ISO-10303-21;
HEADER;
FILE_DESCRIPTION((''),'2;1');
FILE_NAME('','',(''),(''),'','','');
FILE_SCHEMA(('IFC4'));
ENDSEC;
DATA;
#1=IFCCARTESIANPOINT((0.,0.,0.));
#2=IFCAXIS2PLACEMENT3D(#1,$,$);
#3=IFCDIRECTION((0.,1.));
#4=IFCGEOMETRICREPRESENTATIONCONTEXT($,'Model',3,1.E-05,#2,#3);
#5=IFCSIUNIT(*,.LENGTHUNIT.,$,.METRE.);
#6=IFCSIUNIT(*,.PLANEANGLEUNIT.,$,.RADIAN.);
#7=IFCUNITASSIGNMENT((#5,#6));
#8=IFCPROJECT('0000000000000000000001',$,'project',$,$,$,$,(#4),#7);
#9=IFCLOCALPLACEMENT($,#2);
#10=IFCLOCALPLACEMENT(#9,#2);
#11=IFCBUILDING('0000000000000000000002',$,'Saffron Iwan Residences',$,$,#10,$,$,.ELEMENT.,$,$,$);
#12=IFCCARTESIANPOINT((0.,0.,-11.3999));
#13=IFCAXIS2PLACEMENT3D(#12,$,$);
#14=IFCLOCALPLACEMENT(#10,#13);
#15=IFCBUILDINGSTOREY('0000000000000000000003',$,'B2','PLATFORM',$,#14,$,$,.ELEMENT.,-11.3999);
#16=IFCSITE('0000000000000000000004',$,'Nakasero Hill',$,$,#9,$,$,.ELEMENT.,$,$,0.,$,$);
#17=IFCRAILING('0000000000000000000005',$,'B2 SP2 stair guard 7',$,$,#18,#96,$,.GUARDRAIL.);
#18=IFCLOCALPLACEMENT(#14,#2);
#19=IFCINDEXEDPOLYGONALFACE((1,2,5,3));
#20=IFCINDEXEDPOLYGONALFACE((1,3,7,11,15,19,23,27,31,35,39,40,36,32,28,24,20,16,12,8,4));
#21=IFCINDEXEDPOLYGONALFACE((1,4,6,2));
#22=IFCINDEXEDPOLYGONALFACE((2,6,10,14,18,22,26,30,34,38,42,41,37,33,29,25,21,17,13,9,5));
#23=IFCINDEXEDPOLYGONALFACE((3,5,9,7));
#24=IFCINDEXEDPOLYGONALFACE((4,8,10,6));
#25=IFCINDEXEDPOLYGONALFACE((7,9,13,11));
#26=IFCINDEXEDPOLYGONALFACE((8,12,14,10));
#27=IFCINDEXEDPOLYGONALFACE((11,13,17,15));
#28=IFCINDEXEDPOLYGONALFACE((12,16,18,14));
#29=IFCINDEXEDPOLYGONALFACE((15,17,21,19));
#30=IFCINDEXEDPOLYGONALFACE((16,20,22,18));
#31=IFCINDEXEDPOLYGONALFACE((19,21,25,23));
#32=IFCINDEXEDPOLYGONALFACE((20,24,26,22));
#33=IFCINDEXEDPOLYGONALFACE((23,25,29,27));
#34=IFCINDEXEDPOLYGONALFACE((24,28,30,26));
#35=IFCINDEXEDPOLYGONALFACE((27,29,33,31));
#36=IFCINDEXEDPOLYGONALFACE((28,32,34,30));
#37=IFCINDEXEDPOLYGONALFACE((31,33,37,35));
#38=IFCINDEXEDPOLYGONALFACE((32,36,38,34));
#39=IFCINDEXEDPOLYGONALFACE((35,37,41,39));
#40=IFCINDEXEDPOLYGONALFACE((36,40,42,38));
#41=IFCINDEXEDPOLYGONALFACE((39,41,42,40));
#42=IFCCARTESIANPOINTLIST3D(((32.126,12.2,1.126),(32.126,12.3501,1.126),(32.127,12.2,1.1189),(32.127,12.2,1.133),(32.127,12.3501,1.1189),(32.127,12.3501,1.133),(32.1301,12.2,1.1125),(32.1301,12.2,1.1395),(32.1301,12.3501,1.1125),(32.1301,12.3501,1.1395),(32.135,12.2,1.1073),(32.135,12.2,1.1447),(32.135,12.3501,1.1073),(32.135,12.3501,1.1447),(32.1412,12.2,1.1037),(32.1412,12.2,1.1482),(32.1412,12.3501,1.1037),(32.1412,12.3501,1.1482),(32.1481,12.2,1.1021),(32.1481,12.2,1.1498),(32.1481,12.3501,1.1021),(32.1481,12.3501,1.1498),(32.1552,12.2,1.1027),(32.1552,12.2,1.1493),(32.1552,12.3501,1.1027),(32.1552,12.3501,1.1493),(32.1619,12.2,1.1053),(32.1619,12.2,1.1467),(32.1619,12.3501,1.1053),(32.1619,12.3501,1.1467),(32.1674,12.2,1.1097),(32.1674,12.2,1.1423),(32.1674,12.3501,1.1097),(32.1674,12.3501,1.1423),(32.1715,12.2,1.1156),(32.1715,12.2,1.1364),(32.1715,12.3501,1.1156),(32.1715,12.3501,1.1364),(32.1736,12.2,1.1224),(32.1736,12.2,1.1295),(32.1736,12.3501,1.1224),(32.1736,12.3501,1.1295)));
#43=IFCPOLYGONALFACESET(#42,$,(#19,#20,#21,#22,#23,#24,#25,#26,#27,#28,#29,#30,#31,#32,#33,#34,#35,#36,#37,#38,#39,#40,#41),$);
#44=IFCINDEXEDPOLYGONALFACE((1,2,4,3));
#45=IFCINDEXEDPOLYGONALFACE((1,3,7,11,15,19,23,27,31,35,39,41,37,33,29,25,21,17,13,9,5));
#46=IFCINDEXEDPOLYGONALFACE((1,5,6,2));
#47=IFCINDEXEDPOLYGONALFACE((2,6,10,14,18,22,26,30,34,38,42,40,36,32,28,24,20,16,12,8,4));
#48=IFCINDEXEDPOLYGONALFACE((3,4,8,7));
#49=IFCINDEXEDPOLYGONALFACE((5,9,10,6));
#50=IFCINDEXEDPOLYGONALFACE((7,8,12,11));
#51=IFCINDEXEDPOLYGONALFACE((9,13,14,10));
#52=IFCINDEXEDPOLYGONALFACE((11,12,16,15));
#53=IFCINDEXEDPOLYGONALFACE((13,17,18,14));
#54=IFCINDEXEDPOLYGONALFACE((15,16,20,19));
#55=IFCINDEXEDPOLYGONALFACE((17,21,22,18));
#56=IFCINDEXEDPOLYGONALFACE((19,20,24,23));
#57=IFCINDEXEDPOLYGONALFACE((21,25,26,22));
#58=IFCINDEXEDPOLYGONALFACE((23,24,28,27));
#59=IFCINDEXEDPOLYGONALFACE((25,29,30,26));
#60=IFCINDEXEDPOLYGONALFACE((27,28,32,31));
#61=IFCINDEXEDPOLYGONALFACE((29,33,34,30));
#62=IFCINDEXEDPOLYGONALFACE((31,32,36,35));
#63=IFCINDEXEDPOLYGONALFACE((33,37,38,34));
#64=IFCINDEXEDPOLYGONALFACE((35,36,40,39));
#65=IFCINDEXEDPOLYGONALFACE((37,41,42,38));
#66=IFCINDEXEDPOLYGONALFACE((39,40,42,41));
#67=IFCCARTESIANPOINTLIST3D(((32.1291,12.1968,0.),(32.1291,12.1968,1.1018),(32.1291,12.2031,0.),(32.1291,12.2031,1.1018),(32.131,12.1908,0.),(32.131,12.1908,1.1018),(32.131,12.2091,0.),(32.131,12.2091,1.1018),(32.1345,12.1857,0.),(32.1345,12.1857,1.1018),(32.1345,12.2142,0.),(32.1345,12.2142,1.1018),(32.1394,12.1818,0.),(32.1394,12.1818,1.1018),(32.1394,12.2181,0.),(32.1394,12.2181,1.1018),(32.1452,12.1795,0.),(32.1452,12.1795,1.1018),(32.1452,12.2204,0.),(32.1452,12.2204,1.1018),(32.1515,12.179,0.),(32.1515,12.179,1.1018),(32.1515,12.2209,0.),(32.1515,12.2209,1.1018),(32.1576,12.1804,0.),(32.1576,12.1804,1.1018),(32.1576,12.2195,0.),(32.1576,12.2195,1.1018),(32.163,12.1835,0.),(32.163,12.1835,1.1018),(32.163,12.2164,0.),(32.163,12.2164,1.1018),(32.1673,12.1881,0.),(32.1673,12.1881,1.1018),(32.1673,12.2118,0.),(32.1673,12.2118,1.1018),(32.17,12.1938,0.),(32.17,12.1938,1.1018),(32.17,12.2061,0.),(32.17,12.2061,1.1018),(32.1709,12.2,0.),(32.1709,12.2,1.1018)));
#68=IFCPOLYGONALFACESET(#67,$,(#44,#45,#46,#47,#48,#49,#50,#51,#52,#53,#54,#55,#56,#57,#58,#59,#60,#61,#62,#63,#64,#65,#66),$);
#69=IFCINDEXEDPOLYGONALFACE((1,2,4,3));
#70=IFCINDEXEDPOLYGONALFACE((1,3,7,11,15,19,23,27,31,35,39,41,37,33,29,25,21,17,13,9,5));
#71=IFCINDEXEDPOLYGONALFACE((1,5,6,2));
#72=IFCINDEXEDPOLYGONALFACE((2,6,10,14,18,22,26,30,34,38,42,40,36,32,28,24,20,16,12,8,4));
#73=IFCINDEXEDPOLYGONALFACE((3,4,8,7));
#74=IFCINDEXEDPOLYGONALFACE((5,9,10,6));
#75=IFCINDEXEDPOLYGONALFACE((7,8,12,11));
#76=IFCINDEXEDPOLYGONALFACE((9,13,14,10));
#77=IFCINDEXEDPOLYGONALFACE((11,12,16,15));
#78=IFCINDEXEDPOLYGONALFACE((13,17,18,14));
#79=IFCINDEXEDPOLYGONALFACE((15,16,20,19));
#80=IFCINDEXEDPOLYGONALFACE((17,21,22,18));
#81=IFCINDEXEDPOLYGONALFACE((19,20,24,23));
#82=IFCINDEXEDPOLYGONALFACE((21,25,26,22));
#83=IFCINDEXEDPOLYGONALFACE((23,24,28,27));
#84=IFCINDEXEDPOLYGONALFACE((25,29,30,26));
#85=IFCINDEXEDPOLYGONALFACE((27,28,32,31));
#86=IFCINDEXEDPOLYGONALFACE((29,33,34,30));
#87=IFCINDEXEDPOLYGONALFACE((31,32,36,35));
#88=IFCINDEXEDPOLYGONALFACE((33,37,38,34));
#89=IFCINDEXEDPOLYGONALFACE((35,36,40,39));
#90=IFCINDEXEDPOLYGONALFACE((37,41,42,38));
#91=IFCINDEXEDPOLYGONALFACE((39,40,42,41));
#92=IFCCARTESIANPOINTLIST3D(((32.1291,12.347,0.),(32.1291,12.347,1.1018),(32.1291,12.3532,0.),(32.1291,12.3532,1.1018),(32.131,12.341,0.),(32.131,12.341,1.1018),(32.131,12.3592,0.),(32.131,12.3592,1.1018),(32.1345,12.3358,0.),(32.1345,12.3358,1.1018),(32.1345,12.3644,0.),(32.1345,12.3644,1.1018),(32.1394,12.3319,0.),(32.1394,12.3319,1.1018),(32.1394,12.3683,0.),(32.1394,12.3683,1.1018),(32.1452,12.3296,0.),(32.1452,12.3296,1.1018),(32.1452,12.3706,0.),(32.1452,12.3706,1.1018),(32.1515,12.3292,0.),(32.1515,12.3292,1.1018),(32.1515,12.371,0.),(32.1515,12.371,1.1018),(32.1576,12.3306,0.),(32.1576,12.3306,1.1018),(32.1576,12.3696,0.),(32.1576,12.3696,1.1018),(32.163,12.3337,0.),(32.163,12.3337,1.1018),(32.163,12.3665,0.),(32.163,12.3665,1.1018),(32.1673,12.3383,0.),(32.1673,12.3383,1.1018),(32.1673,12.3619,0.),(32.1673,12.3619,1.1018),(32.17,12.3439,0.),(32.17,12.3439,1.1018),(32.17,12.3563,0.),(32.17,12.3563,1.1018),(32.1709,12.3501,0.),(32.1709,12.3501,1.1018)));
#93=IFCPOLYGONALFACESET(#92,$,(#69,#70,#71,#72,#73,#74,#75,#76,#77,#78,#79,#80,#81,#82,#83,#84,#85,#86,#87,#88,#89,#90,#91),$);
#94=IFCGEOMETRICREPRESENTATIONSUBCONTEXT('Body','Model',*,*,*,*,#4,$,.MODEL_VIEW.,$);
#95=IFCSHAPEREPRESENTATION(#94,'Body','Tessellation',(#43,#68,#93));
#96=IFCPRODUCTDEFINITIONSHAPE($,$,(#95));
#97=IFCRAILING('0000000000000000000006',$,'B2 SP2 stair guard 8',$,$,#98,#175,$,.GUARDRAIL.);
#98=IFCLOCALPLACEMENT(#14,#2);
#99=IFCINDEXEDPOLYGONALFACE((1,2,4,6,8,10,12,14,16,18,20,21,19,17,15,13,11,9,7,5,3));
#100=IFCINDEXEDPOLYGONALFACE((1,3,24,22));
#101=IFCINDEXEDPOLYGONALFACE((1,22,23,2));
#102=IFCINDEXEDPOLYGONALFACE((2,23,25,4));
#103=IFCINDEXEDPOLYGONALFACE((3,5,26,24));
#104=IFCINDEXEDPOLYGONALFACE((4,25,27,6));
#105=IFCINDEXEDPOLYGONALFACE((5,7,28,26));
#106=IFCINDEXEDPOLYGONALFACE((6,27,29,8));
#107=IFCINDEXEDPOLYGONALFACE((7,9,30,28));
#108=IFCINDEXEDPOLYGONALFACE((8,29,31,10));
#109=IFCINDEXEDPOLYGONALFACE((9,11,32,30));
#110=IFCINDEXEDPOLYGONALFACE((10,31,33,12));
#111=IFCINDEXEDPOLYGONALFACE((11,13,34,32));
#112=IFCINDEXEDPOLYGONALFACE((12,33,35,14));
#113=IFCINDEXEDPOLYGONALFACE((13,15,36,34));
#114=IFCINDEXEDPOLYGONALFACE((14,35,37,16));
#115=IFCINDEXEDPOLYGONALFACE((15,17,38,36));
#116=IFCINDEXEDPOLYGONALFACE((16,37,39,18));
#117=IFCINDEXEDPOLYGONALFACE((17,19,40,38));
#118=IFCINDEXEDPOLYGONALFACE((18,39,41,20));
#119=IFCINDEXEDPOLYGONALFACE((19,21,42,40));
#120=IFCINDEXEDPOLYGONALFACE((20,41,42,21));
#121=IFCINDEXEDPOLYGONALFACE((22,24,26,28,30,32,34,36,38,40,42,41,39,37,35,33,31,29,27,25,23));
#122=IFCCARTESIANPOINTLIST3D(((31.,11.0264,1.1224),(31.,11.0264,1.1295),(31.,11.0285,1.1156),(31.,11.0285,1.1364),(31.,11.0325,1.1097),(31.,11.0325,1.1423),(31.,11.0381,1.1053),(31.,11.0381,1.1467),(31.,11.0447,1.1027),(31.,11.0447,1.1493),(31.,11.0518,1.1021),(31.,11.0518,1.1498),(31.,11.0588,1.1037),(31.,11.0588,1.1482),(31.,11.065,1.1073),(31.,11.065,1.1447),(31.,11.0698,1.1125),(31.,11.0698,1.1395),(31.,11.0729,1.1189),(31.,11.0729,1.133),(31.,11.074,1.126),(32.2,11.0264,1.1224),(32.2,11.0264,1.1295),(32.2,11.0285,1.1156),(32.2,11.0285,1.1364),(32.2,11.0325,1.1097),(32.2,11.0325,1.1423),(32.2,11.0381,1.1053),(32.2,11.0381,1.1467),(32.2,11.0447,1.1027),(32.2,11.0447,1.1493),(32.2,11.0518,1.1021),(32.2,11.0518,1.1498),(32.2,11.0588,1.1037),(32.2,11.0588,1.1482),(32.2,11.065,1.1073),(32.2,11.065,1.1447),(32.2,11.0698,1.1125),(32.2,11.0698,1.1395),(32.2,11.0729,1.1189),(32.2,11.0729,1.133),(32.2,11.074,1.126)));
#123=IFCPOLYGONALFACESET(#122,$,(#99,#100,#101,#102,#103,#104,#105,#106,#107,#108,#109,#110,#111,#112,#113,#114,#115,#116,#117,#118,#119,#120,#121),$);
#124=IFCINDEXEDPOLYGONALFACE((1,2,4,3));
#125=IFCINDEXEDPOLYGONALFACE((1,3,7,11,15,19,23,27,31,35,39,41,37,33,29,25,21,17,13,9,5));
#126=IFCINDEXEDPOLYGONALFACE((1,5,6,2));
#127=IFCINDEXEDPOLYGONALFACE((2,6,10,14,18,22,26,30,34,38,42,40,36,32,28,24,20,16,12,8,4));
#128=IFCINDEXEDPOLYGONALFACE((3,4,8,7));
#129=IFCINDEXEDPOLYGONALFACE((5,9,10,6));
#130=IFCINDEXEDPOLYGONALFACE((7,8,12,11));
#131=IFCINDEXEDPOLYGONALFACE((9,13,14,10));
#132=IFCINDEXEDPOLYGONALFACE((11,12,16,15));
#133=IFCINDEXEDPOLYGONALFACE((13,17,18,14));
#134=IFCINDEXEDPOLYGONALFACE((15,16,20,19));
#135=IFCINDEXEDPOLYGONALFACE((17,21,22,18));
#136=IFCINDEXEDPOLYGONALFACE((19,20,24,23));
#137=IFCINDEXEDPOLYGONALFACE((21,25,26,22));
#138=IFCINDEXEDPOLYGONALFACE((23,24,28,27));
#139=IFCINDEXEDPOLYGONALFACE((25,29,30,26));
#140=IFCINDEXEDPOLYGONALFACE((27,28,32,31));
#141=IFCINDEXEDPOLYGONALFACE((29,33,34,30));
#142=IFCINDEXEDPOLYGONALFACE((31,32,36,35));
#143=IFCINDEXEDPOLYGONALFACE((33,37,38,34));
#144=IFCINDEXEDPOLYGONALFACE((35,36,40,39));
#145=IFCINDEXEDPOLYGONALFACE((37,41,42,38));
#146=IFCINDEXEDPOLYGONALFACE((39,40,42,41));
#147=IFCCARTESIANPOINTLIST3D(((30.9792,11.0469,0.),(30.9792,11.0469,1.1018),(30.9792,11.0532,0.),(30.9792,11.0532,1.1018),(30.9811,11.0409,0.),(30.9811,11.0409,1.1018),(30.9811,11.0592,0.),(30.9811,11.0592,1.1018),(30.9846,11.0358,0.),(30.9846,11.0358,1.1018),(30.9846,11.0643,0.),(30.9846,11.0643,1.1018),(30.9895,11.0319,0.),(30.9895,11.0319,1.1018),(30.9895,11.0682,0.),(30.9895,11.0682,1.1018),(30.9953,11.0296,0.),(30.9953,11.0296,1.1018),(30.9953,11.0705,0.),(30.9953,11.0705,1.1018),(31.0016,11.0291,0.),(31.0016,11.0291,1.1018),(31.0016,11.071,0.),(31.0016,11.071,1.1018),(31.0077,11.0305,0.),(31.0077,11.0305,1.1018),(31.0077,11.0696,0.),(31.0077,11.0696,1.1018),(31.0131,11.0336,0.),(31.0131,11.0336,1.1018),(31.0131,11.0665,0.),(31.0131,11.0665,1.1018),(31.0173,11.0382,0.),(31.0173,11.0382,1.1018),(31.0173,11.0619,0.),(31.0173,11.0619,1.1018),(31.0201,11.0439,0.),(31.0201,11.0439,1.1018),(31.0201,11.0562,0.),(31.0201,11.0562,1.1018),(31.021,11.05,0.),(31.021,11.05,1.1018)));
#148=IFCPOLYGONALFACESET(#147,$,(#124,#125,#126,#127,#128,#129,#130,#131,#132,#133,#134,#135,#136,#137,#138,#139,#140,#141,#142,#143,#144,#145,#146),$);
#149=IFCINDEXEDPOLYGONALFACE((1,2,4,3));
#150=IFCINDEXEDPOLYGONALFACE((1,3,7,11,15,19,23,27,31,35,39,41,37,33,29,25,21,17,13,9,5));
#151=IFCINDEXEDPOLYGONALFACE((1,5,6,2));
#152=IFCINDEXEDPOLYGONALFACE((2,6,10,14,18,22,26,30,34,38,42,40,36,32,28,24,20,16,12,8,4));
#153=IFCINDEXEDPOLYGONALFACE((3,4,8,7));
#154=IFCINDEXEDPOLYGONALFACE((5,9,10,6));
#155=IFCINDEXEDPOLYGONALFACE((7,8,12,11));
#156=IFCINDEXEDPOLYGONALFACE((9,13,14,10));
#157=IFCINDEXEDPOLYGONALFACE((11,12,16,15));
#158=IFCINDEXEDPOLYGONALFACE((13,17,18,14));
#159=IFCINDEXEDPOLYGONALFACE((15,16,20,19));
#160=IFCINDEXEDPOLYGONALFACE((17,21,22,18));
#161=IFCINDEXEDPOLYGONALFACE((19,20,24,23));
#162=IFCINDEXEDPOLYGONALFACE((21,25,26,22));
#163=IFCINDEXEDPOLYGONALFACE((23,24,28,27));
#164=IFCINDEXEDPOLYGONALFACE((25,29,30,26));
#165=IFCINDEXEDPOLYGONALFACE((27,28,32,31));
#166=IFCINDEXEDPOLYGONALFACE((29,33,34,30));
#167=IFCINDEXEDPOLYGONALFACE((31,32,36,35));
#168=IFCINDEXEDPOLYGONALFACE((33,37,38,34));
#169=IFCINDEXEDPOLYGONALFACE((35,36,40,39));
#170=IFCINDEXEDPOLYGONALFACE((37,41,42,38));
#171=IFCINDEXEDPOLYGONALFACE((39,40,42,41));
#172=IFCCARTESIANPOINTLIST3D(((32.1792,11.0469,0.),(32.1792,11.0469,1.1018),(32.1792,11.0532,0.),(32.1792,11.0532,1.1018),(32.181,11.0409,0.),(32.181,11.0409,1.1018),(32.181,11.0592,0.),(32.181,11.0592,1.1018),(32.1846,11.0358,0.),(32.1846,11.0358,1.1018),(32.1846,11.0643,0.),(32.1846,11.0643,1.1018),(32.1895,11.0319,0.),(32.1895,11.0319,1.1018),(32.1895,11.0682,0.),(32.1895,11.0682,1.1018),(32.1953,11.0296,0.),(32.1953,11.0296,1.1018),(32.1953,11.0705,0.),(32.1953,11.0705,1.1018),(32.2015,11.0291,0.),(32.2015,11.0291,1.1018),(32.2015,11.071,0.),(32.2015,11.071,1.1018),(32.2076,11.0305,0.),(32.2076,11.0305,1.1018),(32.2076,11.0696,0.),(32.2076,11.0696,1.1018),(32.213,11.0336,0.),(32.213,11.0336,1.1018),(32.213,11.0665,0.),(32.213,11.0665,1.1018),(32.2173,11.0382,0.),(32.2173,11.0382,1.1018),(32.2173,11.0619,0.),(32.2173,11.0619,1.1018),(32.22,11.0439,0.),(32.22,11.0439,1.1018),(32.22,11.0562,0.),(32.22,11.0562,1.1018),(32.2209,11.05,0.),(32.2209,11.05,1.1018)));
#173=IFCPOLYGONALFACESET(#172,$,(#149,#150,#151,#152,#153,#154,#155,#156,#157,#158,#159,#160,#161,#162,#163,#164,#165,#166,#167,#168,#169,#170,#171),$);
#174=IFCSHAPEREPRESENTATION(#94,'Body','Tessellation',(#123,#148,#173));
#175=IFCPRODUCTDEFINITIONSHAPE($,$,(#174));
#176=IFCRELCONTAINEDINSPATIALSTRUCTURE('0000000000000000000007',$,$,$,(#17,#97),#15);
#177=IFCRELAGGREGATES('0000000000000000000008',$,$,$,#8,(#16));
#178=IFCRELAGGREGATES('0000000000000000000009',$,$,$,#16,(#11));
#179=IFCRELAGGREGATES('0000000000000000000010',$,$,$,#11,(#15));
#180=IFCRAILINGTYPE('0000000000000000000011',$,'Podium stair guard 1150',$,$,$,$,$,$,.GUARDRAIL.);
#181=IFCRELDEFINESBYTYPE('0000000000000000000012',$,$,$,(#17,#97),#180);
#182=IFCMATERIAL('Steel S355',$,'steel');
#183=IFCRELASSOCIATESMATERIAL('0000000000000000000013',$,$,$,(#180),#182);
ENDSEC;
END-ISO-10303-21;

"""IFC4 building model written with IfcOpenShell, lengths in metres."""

from ifc_helpers import new_model, si_unit, direction, frame, origin, origin_2d, place, context, subcontext, project, spatial, circle, extrude, material, type_object, element, save


model = new_model("IFC4")

# Units and contexts
model_context = context("Model", 3, precision=1e-05, world=origin(), true_north=direction((0.0, 1.0)))
body_context = subcontext(model_context, "Body", "Model", "MODEL_VIEW")
ifc_project = project(units=[si_unit("LENGTHUNIT", "METRE"), si_unit("PLANEANGLEUNIT", "RADIAN")], contexts=[model_context])

# Site, building, storey
site_placement = place(None, origin())
site = spatial("IfcSite", under=ifc_project, at=site_placement, Name="Nakasero Hill", CompositionType="ELEMENT", RefElevation=0.0)
building_placement = place(site_placement, origin())
building = spatial("IfcBuilding", under=site, at=building_placement, Name="Saffron Iwan Residences", CompositionType="ELEMENT")
storey_placement = place(building_placement, frame((0.0, 0.0, -11.3999)))
storey = spatial("IfcBuildingStorey", under=building, at=storey_placement, Name="B2", Description="PLATFORM", CompositionType="ELEMENT", Elevation=-11.3999)

# Railings
ifc_material_1 = material(Name="Steel S355", Category="steel")
railing_type_1 = type_object("IfcRailingType", Name="Podium stair guard 1150", PredefinedType="GUARDRAIL", material=ifc_material_1)
railing_1_placement = place(storey_placement, frame((32.1499, 12.2, 0.0)))
element("IfcRailing", 1, at=railing_1_placement, inside=storey, type_object=railing_type_1, Name="B2 SP2 stair guard 7", PredefinedType="GUARDRAIL", context=body_context, shape_type="SweptSolid", body=[
    extrude(circle(Radius=0.0239, at=origin_2d()), frame((0.0, 0.0, 1.126), z_axis=(0.0, 1.0, 0.0), x_axis=(-1.0, 0.0, 0.0)), (0.0, 0.0, 1.0), 0.1501),
    extrude(circle(Radius=0.021, at=origin_2d()), origin(), (0.0, 0.0, 1.0), 1.1018),
    extrude(circle(Radius=0.021, at=origin_2d()), frame((0.0, 0.1501, 0.0)), (0.0, 0.0, 1.0), 1.1018),
])
railing_2_placement = place(storey_placement, frame((31.0, 11.05, 0.0)))
element("IfcRailing", 2, at=railing_2_placement, inside=storey, type_object=railing_type_1, Name="B2 SP2 stair guard 8", PredefinedType="GUARDRAIL", context=body_context, shape_type="SweptSolid", body=[
    extrude(circle(Radius=0.0239, at=origin_2d()), frame((0.0, 0.0, 1.126), z_axis=(1.0, 0.0, 0.0), x_axis=(0.0, 1.0, 0.0)), (0.0, 0.0, 1.0), 1.2),
    extrude(circle(Radius=0.021, at=origin_2d()), origin(), (0.0, 0.0, 1.0), 1.1018),
    extrude(circle(Radius=0.021, at=origin_2d()), frame((1.2, 0.0, 0.0)), (0.0, 0.0, 1.0), 1.1018),
])

save(model, "model.ifc")
